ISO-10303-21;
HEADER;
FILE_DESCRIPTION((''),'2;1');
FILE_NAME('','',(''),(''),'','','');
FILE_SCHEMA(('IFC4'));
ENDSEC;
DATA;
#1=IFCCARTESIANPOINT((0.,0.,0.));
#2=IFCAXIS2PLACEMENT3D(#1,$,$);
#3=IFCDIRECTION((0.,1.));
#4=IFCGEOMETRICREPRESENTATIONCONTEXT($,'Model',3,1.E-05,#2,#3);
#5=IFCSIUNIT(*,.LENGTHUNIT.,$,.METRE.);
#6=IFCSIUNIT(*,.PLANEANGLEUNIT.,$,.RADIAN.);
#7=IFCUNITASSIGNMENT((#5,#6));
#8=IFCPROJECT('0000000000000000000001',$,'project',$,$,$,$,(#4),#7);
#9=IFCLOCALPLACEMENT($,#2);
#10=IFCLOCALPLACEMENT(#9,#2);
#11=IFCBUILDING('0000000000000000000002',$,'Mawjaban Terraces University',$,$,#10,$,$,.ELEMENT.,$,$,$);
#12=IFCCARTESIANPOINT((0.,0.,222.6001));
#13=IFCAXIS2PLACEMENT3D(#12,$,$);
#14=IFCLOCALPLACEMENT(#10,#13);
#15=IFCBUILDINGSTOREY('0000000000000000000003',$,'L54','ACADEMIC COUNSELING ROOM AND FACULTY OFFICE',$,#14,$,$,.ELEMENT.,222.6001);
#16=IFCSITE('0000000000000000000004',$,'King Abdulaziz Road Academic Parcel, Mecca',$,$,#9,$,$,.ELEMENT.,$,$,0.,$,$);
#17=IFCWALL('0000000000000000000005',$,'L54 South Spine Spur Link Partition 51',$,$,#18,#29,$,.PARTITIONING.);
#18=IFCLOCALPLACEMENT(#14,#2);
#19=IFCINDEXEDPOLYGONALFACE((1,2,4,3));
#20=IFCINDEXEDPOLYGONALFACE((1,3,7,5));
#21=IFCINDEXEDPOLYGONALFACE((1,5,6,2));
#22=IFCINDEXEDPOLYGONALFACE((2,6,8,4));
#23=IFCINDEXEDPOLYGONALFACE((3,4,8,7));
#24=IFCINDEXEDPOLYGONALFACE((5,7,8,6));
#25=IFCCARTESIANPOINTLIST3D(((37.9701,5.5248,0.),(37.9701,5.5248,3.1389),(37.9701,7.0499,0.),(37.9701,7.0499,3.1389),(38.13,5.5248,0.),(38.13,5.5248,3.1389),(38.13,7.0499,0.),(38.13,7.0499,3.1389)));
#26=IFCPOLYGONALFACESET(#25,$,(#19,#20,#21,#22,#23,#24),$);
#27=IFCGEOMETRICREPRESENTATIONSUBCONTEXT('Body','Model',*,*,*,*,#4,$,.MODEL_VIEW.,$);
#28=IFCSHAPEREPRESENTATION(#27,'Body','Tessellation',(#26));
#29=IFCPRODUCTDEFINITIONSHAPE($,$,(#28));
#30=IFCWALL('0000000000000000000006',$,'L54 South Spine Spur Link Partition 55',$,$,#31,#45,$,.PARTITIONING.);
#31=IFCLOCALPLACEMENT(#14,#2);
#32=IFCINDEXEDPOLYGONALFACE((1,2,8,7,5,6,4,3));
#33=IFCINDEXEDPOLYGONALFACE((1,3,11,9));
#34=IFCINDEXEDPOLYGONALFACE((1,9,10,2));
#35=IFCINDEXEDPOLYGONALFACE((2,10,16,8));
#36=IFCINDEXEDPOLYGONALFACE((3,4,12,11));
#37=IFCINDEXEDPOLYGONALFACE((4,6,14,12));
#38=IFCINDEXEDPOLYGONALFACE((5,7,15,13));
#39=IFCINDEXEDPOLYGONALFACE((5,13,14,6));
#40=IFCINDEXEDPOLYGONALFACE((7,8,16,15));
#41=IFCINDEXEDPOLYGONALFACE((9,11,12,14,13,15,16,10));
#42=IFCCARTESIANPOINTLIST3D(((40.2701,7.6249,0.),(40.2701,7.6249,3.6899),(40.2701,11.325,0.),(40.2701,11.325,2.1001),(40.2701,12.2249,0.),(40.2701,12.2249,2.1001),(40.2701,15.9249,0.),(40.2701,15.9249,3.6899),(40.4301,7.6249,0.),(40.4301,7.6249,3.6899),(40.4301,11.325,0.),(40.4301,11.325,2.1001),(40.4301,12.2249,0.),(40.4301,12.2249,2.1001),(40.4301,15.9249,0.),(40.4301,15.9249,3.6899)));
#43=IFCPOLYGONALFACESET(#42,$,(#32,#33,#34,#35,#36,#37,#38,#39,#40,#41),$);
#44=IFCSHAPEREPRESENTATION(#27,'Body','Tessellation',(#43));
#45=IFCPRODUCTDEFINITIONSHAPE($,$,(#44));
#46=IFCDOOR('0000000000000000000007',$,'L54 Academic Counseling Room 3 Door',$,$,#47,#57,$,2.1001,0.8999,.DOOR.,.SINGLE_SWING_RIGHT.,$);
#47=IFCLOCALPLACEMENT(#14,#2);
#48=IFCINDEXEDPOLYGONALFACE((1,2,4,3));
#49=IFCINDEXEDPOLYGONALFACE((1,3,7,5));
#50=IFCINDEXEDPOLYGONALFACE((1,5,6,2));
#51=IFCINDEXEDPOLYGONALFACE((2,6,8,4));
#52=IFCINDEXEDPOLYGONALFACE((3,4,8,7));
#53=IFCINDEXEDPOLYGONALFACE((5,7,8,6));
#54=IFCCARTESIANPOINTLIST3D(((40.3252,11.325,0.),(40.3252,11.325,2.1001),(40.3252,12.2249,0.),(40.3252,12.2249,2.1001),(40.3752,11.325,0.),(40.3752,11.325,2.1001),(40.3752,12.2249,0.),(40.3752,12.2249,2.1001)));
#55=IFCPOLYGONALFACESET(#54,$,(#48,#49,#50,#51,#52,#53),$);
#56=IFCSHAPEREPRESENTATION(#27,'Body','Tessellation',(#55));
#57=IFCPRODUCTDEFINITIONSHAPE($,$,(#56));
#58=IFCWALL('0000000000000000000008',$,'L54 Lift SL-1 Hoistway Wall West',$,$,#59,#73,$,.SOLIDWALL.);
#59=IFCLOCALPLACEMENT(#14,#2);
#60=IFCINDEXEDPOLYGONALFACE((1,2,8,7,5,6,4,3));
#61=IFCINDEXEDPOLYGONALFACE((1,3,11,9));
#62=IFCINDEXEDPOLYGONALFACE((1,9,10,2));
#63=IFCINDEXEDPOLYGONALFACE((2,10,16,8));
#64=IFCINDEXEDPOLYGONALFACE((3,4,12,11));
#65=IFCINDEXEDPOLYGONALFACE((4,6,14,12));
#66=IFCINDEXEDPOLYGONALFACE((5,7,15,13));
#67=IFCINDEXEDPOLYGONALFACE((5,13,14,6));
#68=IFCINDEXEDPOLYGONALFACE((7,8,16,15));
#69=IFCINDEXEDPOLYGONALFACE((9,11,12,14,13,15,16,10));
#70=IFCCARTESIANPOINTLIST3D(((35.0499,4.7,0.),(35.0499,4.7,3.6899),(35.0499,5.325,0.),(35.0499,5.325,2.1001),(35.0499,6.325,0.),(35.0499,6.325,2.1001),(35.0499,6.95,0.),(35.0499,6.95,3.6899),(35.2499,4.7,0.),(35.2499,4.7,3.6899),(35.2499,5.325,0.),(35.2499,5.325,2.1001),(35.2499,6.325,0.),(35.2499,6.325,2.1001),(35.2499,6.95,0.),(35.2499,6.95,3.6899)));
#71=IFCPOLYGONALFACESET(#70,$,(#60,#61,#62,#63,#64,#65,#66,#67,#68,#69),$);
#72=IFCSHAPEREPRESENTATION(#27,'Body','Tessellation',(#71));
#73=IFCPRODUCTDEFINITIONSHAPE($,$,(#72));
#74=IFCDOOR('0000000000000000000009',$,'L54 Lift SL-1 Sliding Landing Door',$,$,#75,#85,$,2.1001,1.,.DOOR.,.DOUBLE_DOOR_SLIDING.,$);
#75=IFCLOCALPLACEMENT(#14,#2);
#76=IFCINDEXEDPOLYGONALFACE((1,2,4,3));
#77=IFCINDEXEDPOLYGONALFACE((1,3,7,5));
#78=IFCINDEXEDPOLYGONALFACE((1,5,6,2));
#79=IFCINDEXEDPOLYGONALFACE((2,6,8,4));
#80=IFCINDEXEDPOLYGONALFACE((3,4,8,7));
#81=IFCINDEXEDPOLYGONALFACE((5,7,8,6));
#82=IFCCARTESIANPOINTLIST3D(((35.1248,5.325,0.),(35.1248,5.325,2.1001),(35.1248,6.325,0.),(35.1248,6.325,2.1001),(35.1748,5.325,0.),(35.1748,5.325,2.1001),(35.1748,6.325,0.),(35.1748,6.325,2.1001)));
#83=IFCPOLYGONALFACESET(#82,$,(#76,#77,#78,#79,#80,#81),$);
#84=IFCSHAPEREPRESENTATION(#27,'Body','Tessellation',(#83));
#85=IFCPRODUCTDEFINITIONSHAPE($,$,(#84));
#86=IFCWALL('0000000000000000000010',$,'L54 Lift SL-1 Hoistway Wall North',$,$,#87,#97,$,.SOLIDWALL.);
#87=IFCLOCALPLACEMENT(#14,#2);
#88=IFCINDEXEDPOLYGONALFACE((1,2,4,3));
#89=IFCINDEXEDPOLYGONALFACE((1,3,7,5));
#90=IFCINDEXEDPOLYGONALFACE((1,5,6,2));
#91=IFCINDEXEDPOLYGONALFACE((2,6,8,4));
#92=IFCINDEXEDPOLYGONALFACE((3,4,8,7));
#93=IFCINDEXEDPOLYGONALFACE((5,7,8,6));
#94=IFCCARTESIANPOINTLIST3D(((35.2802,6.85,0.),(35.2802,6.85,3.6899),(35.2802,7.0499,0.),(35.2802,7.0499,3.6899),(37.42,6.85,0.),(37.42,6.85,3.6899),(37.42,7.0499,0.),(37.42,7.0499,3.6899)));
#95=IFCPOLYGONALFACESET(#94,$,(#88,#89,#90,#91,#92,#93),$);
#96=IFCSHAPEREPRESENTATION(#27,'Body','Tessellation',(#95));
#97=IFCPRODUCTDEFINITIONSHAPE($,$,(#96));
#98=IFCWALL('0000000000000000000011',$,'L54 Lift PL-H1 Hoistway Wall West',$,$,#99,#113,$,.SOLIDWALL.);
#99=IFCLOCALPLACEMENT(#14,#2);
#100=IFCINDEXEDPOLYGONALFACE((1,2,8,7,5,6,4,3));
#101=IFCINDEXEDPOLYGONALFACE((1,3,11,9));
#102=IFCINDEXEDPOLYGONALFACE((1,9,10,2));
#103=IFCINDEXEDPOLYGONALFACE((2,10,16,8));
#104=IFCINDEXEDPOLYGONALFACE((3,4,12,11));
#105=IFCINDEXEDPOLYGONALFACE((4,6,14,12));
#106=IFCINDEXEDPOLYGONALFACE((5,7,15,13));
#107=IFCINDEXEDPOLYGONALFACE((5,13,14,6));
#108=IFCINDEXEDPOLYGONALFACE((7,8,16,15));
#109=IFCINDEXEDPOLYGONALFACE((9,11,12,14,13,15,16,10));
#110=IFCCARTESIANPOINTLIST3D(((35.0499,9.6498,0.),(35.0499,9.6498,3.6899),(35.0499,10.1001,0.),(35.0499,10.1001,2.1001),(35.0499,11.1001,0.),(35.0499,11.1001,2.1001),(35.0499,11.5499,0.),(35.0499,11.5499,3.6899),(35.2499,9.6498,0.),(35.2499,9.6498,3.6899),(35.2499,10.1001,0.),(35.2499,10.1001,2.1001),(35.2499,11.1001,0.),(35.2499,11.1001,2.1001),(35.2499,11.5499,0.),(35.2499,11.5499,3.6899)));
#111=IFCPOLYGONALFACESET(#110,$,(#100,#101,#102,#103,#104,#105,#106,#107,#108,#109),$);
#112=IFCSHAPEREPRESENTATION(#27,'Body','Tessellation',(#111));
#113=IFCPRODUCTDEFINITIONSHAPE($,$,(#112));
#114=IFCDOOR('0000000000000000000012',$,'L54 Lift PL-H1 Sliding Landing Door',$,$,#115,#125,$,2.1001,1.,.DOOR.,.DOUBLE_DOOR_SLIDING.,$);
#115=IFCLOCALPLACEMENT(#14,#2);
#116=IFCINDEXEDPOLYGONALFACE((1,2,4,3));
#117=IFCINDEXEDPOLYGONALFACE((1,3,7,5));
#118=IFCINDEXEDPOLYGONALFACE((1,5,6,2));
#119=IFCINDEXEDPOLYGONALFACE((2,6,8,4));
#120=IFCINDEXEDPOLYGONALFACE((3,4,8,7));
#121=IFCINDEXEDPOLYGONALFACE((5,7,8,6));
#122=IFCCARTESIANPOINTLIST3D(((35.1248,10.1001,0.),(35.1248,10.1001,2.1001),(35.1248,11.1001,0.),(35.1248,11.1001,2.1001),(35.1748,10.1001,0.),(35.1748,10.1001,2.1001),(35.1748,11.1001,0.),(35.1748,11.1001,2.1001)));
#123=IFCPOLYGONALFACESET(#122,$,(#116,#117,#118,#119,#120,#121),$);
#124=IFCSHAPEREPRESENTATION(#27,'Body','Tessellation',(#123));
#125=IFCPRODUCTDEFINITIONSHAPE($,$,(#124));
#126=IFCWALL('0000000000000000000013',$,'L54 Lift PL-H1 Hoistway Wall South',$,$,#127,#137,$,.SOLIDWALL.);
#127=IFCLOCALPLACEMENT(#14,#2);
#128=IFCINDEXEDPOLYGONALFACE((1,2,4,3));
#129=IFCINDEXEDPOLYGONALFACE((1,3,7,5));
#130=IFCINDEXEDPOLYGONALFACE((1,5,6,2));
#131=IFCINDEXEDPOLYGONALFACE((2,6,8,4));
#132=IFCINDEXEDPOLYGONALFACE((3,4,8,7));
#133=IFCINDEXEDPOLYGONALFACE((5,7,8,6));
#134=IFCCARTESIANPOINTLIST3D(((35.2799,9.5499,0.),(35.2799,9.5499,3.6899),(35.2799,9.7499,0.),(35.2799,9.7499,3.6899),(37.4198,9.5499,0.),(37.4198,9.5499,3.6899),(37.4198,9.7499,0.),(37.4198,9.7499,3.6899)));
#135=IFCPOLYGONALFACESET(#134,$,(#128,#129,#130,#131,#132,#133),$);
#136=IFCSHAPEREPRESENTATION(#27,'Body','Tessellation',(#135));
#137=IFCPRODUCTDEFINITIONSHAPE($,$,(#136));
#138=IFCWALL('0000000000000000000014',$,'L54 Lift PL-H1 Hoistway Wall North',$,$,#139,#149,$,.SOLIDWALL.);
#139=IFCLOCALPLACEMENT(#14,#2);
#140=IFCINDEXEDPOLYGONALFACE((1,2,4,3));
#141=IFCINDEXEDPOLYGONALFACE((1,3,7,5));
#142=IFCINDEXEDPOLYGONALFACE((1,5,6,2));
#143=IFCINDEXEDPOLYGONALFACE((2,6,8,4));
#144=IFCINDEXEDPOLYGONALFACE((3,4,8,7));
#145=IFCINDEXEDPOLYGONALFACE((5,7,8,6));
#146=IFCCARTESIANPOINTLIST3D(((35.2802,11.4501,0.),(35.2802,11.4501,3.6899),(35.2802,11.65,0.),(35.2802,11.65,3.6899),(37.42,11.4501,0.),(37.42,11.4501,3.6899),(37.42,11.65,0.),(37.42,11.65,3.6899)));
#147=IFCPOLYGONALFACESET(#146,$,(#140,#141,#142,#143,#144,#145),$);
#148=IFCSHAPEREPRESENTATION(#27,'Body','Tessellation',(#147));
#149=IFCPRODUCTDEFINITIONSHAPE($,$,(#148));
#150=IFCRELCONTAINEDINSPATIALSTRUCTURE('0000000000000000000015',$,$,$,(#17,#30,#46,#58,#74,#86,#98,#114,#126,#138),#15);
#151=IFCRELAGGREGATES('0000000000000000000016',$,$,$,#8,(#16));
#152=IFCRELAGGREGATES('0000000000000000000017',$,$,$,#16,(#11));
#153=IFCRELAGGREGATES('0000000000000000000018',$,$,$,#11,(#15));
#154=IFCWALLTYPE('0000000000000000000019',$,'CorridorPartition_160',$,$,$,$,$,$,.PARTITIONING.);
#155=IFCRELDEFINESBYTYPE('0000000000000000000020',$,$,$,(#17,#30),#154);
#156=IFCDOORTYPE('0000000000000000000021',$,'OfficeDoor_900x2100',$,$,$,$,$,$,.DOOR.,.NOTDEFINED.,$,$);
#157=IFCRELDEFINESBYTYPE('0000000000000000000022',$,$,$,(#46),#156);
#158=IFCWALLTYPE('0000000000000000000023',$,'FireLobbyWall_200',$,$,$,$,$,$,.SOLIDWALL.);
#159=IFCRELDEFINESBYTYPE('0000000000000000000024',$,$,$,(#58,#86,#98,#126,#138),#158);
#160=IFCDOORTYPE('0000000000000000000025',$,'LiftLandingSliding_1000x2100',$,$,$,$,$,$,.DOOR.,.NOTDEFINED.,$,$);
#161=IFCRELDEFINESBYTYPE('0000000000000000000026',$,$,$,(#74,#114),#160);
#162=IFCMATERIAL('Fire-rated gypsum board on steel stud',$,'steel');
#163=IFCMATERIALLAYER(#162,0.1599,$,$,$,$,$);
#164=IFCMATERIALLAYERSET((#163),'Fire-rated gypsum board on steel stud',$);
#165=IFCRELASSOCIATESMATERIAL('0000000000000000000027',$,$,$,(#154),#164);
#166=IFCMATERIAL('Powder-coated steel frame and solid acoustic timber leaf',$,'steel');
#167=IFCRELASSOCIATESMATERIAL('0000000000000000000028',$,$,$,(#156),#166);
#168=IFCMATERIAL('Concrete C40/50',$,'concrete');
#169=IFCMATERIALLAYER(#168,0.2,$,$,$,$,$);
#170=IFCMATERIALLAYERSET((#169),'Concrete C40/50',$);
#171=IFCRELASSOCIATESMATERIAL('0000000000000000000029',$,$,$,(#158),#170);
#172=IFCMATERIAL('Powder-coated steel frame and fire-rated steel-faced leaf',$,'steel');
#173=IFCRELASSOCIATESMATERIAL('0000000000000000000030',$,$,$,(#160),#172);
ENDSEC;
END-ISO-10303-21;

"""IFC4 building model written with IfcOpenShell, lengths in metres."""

from ifc_helpers import new_model, si_unit, direction, frame, frame_2d, origin, place, context, subcontext, project, spatial, rectangle, extrude, material, layer, layer_set, type_object, element, fill, save


model = new_model("IFC4")

# Units and contexts
model_context = context("Model", 3, precision=1e-05, world=origin(), true_north=direction((0.0, 1.0)))
body_context = subcontext(model_context, "Body", "Model", "MODEL_VIEW")
ifc_project = project(units=[si_unit("LENGTHUNIT", "METRE"), si_unit("PLANEANGLEUNIT", "RADIAN")], contexts=[model_context])

# Site, building, storey
site_placement = place(None, origin())
site = spatial("IfcSite", under=ifc_project, at=site_placement, Name="King Abdulaziz Road Academic Parcel, Mecca", CompositionType="ELEMENT", RefElevation=0.0)
building_placement = place(site_placement, origin())
building = spatial("IfcBuilding", under=site, at=building_placement, Name="Mawjaban Terraces University", CompositionType="ELEMENT")
storey_placement = place(building_placement, frame((0.0, 0.0, 222.6001)))
storey = spatial("IfcBuildingStorey", under=building, at=storey_placement, Name="L54", Description="ACADEMIC COUNSELING ROOM AND FACULTY OFFICE", CompositionType="ELEMENT", Elevation=222.6001)

# Shared definitions
ifc_material_1 = material(Name="Fire-rated gypsum board on steel stud", Category="steel")
ifc_layer_1 = layer(ifc_material_1, 0.1599)
ifc_layer_set_1 = layer_set([ifc_layer_1], Name="Fire-rated gypsum board on steel stud")
wall_type_1 = type_object("IfcWallType", Name="CorridorPartition_160", PredefinedType="PARTITIONING", material=ifc_layer_set_1)
ifc_material_2 = material(Name="Powder-coated steel frame and solid acoustic timber leaf", Category="steel")
door_type_1 = type_object("IfcDoorType", Name="OfficeDoor_900x2100", OperationType="NOTDEFINED", PredefinedType="DOOR", material=ifc_material_2)

# Wall
wall_1_placement = place(storey_placement, frame((38.05, 7.05, 0.0), z_axis=(0.0, 0.0, 1.0), x_axis=(0.0, -1.0, 0.0)))
element("IfcWall", 1, at=wall_1_placement, inside=storey, type_object=wall_type_1, Name="L54 South Spine Spur Link Partition 51", PredefinedType="PARTITIONING", context=body_context, shape_type="SweptSolid", body=[
    extrude(rectangle(XDim=1.5251, YDim=0.1599, at=frame_2d((0.7627, 0.0))), origin(), (0.0, 0.0, 1.0), 3.1389),
])

# Walls, openings, doors
wall_2_placement = place(storey_placement, frame((40.3501, 7.625, 0.0), z_axis=(0.0, 0.0, 1.0), x_axis=(0.0, 1.0, 0.0)))
wall_2 = element("IfcWall", 2, at=wall_2_placement, inside=storey, type_object=wall_type_1, Name="L54 South Spine Spur Link Partition 55", PredefinedType="PARTITIONING", context=body_context, shape_type="SweptSolid", body=[
    extrude(rectangle(XDim=8.3, YDim=0.1599, at=frame_2d((4.1499, 0.0))), origin(), (0.0, 0.0, 1.0), 3.6899),
])
opening_1_placement = place(wall_2_placement, frame((3.7, 0.0, 0.0)))
opening_1 = element("IfcOpeningElement", 3, at=opening_1_placement, cuts=wall_2, PredefinedType="OPENING", context=body_context, shape_type="SweptSolid", body=[
    extrude(rectangle(XDim=0.8999, YDim=2.1001, at=frame_2d((0.45, 1.05))), frame((0.0, 0.0898, 0.0), z_axis=(0.0, -1.0, 0.0), x_axis=(1.0, 0.0, 0.0)), (0.0, 0.0, 1.0), 0.1799),
])
door_1_placement = place(opening_1_placement, origin())
door_1 = element("IfcDoor", 4, at=door_1_placement, inside=storey, type_object=door_type_1, Name="L54 Academic Counseling Room 3 Door", OperationType="SINGLE_SWING_RIGHT", OverallHeight=2.1001, OverallWidth=0.8999, PredefinedType="DOOR", context=body_context, shape_type="SweptSolid", body=[
    extrude(rectangle(XDim=0.8999, YDim=2.1001, at=frame_2d((0.45, 1.05))), frame((0.0, 0.0249, 0.0), z_axis=(0.0, -1.0, 0.0), x_axis=(1.0, 0.0, 0.0)), (0.0, 0.0, 1.0), 0.05),
])
fill(opening_1, door_1)
ifc_material_3 = material(Name="Concrete C40/50", Category="concrete")
ifc_layer_2 = layer(ifc_material_3, 0.2)
ifc_layer_set_2 = layer_set([ifc_layer_2], Name="Concrete C40/50")
wall_type_2 = type_object("IfcWallType", Name="FireLobbyWall_200", PredefinedType="SOLIDWALL", material=ifc_layer_set_2)
wall_3_placement = place(storey_placement, frame((35.1499, 6.95, 0.0), z_axis=(0.0, 0.0, 1.0), x_axis=(0.0, -1.0, 0.0)))
wall_3 = element("IfcWall", 5, at=wall_3_placement, inside=storey, type_object=wall_type_2, Name="L54 Lift SL-1 Hoistway Wall West", PredefinedType="SOLIDWALL", context=body_context, shape_type="SweptSolid", body=[
    extrude(rectangle(XDim=2.25, YDim=0.2, at=frame_2d((1.125, 0.0))), origin(), (0.0, 0.0, 1.0), 3.6899),
])
opening_2_placement = place(wall_3_placement, frame((0.625, 0.0, 0.0)))
opening_2 = element("IfcOpeningElement", 6, at=opening_2_placement, cuts=wall_3, PredefinedType="OPENING", context=body_context, shape_type="SweptSolid", body=[
    extrude(rectangle(XDim=1.0, YDim=2.1001, at=frame_2d((0.5, 1.05))), frame((0.0, 0.1099, 0.0), z_axis=(0.0, -1.0, 0.0), x_axis=(1.0, 0.0, 0.0)), (0.0, 0.0, 1.0), 0.22),
])
ifc_material_4 = material(Name="Powder-coated steel frame and fire-rated steel-faced leaf", Category="steel")
door_type_2 = type_object("IfcDoorType", Name="LiftLandingSliding_1000x2100", OperationType="NOTDEFINED", PredefinedType="DOOR", material=ifc_material_4)
door_2_placement = place(opening_2_placement, origin())
door_2 = element("IfcDoor", 7, at=door_2_placement, inside=storey, type_object=door_type_2, Name="L54 Lift SL-1 Sliding Landing Door", OperationType="DOUBLE_DOOR_SLIDING", OverallHeight=2.1001, OverallWidth=1.0, PredefinedType="DOOR", context=body_context, shape_type="SweptSolid", body=[
    extrude(rectangle(XDim=1.0, YDim=2.1001, at=frame_2d((0.5, 1.05))), frame((0.0, 0.0249, 0.0), z_axis=(0.0, -1.0, 0.0), x_axis=(1.0, 0.0, 0.0)), (0.0, 0.0, 1.0), 0.05),
])
fill(opening_2, door_2)

# Wall
wall_4_placement = place(storey_placement, frame((37.4199, 6.95, 0.0), z_axis=(0.0, 0.0, 1.0), x_axis=(-1.0, 0.0, 0.0)))
element("IfcWall", 8, at=wall_4_placement, inside=storey, type_object=wall_type_2, Name="L54 Lift SL-1 Hoistway Wall North", PredefinedType="SOLIDWALL", context=body_context, shape_type="SweptSolid", body=[
    extrude(rectangle(XDim=2.1399, YDim=0.2, at=frame_2d((1.0698, 0.0))), origin(), (0.0, 0.0, 1.0), 3.6899),
])

# Wall, opening, door
wall_5_placement = place(storey_placement, frame((35.1499, 11.55, 0.0), z_axis=(0.0, 0.0, 1.0), x_axis=(0.0, -1.0, 0.0)))
wall_5 = element("IfcWall", 9, at=wall_5_placement, inside=storey, type_object=wall_type_2, Name="L54 Lift PL-H1 Hoistway Wall West", PredefinedType="SOLIDWALL", context=body_context, shape_type="SweptSolid", body=[
    extrude(rectangle(XDim=1.9001, YDim=0.2, at=frame_2d((0.9502, 0.0))), origin(), (0.0, 0.0, 1.0), 3.6899),
])
opening_3_placement = place(wall_5_placement, frame((0.45, 0.0, 0.0)))
opening_3 = element("IfcOpeningElement", 10, at=opening_3_placement, cuts=wall_5, PredefinedType="OPENING", context=body_context, shape_type="SweptSolid", body=[
    extrude(rectangle(XDim=1.0, YDim=2.1001, at=frame_2d((0.5, 1.05))), frame((0.0, 0.1099, 0.0), z_axis=(0.0, -1.0, 0.0), x_axis=(1.0, 0.0, 0.0)), (0.0, 0.0, 1.0), 0.22),
])
door_3_placement = place(opening_3_placement, origin())
door_3 = element("IfcDoor", 11, at=door_3_placement, inside=storey, type_object=door_type_2, Name="L54 Lift PL-H1 Sliding Landing Door", OperationType="DOUBLE_DOOR_SLIDING", OverallHeight=2.1001, OverallWidth=1.0, PredefinedType="DOOR", context=body_context, shape_type="SweptSolid", body=[
    extrude(rectangle(XDim=1.0, YDim=2.1001, at=frame_2d((0.5, 1.05))), frame((0.0, 0.0249, 0.0), z_axis=(0.0, -1.0, 0.0), x_axis=(1.0, 0.0, 0.0)), (0.0, 0.0, 1.0), 0.05),
])
fill(opening_3, door_3)

# Walls
for number, where, z_axis, x_axis, name in (
    (12, (35.28, 9.6499, 0.0), (0.0, 0.0, 1.0), (1.0, 0.0, 0.0), "L54 Lift PL-H1 Hoistway Wall South"),
    (13, (37.4199, 11.55, 0.0), (0.0, 0.0, 1.0), (-1.0, 0.0, 0.0), "L54 Lift PL-H1 Hoistway Wall North"),
):
    element("IfcWall", number, at=place(storey_placement, frame(where, z_axis=z_axis, x_axis=x_axis)), inside=storey, type_object=wall_type_2, Name=name, PredefinedType="SOLIDWALL", context=body_context, shape_type="SweptSolid", body=[
        extrude(rectangle(XDim=2.1399, YDim=0.2, at=frame_2d((1.0698, 0.0))), origin(), (0.0, 0.0, 1.0), 3.6899),
    ])

save(model, "model.ifc")
